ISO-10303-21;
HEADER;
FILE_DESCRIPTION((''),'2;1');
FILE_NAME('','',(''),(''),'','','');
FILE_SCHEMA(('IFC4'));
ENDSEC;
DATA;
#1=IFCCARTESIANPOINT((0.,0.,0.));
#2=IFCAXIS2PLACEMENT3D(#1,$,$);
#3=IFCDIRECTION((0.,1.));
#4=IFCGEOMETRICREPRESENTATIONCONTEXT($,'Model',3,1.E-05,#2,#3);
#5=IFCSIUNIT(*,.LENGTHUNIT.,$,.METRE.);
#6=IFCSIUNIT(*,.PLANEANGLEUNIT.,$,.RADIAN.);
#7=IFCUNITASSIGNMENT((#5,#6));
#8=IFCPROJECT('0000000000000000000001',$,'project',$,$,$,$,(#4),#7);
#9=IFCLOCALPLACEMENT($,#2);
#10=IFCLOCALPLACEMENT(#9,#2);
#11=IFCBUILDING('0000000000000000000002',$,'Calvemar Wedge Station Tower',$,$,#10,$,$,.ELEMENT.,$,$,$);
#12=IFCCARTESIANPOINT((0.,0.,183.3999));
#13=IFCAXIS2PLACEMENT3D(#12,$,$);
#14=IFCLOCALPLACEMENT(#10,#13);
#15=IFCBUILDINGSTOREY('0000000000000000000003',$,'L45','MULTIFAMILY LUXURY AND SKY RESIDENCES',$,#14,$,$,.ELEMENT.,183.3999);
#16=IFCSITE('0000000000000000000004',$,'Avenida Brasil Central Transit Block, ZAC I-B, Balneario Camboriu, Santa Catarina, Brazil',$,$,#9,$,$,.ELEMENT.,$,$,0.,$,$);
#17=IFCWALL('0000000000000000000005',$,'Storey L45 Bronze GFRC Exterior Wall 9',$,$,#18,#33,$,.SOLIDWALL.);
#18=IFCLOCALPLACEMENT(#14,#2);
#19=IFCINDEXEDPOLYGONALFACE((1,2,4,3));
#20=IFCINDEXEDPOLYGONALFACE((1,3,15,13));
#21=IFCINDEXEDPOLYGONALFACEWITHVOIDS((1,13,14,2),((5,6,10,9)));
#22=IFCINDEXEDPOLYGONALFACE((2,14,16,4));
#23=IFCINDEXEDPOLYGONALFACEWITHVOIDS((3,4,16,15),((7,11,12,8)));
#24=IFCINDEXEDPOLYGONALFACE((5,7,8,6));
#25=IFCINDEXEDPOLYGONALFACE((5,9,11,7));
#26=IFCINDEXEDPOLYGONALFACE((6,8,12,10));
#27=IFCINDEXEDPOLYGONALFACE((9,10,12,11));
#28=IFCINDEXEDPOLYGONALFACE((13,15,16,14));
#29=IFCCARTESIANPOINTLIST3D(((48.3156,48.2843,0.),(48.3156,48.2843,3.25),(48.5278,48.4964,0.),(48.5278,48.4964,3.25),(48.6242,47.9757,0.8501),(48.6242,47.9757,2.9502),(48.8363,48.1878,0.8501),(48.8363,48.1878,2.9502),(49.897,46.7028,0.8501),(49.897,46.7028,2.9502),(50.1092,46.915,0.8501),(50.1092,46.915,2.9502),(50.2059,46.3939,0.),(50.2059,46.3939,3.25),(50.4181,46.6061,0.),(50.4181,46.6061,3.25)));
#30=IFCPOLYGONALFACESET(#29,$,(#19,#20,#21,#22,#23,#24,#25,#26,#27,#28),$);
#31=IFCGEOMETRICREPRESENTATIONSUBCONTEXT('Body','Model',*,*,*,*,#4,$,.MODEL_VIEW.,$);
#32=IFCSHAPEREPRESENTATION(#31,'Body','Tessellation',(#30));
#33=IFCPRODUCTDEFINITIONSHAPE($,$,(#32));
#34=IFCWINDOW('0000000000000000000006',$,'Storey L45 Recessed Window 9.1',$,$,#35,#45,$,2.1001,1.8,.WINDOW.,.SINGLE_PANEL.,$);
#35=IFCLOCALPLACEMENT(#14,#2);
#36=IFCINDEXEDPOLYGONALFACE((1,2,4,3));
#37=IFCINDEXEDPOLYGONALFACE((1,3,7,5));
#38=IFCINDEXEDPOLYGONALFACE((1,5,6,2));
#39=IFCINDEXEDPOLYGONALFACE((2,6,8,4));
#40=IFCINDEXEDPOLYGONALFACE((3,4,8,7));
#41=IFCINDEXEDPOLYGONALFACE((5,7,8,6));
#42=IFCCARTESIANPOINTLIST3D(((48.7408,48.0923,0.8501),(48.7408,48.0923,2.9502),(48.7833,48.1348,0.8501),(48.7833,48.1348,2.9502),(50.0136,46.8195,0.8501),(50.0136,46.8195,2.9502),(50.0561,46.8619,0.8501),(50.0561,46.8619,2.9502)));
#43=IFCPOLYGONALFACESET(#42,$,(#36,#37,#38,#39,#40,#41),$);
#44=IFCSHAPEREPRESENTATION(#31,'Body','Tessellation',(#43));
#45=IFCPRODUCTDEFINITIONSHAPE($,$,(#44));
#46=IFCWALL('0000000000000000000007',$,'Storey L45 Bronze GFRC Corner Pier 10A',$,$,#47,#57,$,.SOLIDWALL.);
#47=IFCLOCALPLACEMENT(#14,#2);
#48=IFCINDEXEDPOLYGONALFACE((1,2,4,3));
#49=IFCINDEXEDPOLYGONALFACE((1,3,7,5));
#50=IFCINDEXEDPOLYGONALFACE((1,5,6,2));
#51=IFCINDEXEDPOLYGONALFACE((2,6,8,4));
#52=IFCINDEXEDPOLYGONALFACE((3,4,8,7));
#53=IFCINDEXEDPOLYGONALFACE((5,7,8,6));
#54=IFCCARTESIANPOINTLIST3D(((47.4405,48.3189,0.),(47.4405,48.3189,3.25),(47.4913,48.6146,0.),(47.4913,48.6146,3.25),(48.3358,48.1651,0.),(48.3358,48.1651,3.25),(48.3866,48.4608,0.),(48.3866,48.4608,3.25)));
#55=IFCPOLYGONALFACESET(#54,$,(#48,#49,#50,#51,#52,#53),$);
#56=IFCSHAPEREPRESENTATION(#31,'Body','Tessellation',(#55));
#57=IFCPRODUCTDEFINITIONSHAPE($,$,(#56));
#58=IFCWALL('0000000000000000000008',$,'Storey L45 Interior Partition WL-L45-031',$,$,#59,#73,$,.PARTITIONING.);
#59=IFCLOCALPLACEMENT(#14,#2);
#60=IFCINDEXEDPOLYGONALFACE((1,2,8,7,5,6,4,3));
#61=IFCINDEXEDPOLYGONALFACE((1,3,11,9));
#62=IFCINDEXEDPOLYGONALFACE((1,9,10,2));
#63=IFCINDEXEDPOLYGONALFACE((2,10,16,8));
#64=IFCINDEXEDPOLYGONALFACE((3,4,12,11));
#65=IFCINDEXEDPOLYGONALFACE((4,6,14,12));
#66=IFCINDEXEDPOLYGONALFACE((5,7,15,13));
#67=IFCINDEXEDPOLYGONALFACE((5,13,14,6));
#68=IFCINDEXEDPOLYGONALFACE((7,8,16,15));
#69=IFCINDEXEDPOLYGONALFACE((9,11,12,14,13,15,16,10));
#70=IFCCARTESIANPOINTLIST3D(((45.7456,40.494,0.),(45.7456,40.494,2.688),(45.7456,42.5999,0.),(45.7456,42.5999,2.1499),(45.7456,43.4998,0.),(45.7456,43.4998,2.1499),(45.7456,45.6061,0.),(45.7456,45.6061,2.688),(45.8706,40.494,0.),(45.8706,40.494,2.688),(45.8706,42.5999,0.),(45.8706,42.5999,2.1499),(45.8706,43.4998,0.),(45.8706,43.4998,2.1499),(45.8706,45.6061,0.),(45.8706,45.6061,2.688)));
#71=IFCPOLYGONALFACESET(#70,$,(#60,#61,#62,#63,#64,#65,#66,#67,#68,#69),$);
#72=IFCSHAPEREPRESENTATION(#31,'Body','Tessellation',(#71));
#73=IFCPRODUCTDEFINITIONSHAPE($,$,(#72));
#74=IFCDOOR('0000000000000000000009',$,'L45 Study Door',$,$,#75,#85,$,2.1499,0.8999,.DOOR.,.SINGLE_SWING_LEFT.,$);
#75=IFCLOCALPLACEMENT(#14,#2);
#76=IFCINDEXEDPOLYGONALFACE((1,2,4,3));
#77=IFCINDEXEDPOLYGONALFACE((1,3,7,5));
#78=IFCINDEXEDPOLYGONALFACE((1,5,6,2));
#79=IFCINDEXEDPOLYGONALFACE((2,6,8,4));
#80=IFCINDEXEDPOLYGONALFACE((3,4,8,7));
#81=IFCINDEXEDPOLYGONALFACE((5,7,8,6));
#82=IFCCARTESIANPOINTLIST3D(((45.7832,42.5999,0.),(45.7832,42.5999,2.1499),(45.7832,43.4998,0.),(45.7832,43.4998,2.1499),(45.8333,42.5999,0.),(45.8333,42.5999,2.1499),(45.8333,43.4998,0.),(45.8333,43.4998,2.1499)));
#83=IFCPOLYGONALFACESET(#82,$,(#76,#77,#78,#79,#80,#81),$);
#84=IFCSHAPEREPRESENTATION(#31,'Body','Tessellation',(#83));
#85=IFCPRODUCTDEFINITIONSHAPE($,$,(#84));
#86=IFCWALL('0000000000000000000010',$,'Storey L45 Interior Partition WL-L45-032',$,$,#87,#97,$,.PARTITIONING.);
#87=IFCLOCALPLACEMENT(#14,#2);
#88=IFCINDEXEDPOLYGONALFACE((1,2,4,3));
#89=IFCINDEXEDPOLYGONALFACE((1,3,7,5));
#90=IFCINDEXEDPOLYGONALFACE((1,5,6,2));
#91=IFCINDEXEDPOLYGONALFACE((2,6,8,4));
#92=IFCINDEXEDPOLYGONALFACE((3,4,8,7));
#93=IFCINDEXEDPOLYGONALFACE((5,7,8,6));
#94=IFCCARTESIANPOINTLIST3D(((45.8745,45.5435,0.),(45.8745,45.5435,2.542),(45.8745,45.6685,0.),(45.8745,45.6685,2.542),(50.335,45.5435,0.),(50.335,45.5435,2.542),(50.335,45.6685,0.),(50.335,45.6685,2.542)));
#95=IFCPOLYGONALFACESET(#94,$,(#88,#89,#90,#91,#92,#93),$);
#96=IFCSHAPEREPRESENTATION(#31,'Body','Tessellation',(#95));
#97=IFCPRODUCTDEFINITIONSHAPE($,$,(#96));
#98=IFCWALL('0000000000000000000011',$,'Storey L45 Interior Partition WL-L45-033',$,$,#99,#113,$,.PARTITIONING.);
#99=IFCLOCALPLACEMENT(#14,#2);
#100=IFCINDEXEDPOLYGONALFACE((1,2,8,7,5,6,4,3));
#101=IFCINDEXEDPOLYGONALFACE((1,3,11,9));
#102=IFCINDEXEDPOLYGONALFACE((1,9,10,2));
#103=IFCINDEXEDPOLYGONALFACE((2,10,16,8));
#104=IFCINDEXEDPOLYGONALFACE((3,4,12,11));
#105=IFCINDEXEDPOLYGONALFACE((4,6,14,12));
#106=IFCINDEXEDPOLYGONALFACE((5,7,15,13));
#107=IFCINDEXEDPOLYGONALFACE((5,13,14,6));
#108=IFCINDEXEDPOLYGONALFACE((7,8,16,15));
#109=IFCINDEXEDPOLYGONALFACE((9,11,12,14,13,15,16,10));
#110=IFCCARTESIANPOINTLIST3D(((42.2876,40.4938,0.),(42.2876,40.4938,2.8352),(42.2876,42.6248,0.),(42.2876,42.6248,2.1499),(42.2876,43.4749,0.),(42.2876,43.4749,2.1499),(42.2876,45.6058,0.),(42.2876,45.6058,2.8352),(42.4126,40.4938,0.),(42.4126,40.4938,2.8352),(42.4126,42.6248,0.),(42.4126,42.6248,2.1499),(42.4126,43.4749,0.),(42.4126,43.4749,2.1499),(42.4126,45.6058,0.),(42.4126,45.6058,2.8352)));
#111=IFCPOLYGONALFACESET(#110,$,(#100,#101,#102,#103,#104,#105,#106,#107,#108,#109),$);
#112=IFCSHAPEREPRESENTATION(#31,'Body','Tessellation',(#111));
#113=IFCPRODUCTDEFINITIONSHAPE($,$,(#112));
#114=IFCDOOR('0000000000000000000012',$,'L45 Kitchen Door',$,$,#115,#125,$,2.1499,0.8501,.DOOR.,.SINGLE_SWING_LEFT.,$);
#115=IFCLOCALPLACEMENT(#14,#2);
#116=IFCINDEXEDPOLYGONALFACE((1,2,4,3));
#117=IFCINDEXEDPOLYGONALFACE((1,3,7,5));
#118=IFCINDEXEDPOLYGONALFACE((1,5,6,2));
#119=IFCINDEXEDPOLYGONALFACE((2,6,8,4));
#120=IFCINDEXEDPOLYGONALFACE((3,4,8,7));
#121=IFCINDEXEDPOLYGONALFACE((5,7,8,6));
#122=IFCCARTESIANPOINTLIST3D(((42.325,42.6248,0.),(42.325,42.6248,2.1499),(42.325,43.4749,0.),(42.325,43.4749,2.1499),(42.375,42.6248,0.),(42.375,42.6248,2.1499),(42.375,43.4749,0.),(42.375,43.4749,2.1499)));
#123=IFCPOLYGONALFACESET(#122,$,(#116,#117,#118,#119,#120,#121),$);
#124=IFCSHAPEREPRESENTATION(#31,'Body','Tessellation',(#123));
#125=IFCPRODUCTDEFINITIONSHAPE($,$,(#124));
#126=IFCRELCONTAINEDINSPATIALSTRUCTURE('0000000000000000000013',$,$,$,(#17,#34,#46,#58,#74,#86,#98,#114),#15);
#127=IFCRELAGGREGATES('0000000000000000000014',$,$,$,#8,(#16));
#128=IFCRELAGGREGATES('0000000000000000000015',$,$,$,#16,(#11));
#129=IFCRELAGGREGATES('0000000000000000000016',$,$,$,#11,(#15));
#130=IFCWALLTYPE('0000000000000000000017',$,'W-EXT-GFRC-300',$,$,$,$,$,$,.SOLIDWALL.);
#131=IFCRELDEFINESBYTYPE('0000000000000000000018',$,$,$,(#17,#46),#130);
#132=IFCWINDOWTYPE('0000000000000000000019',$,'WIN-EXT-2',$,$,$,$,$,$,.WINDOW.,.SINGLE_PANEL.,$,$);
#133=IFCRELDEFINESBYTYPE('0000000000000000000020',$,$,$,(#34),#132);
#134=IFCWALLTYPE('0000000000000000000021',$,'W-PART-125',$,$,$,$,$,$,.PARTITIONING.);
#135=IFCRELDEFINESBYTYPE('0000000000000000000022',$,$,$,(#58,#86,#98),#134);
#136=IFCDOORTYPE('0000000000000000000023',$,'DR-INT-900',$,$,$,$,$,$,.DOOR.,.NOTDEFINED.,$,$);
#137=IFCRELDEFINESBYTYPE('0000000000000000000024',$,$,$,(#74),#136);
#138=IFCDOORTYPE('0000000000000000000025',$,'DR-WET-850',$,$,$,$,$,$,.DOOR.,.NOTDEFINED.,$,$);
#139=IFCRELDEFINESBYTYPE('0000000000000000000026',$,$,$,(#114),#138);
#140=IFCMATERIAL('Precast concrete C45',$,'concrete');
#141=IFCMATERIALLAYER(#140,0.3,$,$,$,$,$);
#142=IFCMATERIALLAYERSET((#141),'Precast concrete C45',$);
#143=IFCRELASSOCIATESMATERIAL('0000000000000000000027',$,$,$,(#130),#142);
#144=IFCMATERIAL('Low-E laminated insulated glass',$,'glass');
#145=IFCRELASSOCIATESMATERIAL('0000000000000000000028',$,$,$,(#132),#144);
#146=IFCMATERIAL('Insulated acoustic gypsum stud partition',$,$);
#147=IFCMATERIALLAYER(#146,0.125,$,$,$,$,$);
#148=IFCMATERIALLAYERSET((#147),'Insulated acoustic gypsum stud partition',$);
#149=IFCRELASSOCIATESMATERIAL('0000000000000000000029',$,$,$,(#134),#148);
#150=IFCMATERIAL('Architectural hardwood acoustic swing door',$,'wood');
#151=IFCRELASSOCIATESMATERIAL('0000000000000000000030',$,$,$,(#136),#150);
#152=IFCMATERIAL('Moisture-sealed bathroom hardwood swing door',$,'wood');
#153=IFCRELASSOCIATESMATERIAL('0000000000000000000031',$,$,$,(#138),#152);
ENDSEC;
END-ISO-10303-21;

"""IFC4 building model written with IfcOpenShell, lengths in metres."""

from ifc_helpers import new_model, si_unit, direction, frame, frame_2d, origin, place, context, subcontext, project, spatial, rectangle, extrude, source, transform, mapped, material, layer, layer_set, type_object, element, fill, save


model = new_model("IFC4")

# Units and contexts
model_context = context("Model", 3, precision=1e-05, world=origin(), true_north=direction((0.0, 1.0)))
body_context = subcontext(model_context, "Body", "Model", "MODEL_VIEW")
ifc_project = project(units=[si_unit("LENGTHUNIT", "METRE"), si_unit("PLANEANGLEUNIT", "RADIAN")], contexts=[model_context])

# Site, building, storey
site_placement = place(None, origin())
site = spatial("IfcSite", under=ifc_project, at=site_placement, Name="Avenida Brasil Central Transit Block, ZAC I-B, Balneario Camboriu, Santa Catarina, Brazil", CompositionType="ELEMENT", RefElevation=0.0)
building_placement = place(site_placement, origin())
building = spatial("IfcBuilding", under=site, at=building_placement, Name="Calvemar Wedge Station Tower", CompositionType="ELEMENT")
storey_placement = place(building_placement, frame((0.0, 0.0, 183.3999)))
storey = spatial("IfcBuildingStorey", under=building, at=storey_placement, Name="L45", Description="MULTIFAMILY LUXURY AND SKY RESIDENCES", CompositionType="ELEMENT", Elevation=183.3999)

# Wall, opening, window
ifc_material_1 = material(Name="Precast concrete C45", Category="concrete")
ifc_layer_1 = layer(ifc_material_1, 0.3)
ifc_layer_set_1 = layer_set([ifc_layer_1], Name="Precast concrete C45")
wall_type_1 = type_object("IfcWallType", Name="W-EXT-GFRC-300", PredefinedType="SOLIDWALL", material=ifc_layer_set_1)
wall_1_placement = place(storey_placement, frame((50.312, 46.5, 0.0), z_axis=(0.0, 0.0, 1.0), x_axis=(-0.707107, 0.707107, 0.0)))
wall_1 = element("IfcWall", 1, at=wall_1_placement, inside=storey, type_object=wall_type_1, Name="Storey L45 Bronze GFRC Exterior Wall 9", PredefinedType="SOLIDWALL", context=body_context, shape_type="SweptSolid", body=[
    extrude(rectangle(XDim=2.6733, YDim=0.3, at=frame_2d((1.3367, 0.0))), origin(), (0.0, 0.0, 1.0), 3.25),
])
shared_shape_1 = source(origin(), body_context, "Body", "SweptSolid", [
    extrude(rectangle(XDim=1.8, YDim=2.1001, at=frame_2d((0.8999, 1.05))), frame((0.0, 0.1602, 0.0), z_axis=(0.0, -1.0, 0.0), x_axis=(1.0, 0.0, 0.0)), (0.0, 0.0, 1.0), 0.3201),
])
opening_1_placement = place(wall_1_placement, frame((0.437, 0.0, 0.8501)))
opening_1 = element("IfcOpeningElement", 2, at=opening_1_placement, cuts=wall_1, PredefinedType="OPENING", context=body_context, shape_type="MappedRepresentation", body=[
    mapped(shared_shape_1, transform((0.0, 0.0, 0.0), scale=1.0)),
])
ifc_material_2 = material(Name="Low-E laminated insulated glass", Category="glass")
window_type = type_object("IfcWindowType", Name="WIN-EXT-2", PartitioningType="SINGLE_PANEL", PredefinedType="WINDOW", material=ifc_material_2)
shared_shape_2 = source(origin(), body_context, "Body", "SweptSolid", [
    extrude(rectangle(XDim=1.8, YDim=2.1001, at=frame_2d((0.8999, 1.05))), frame((0.0, -0.0149, 0.0), z_axis=(0.0, -1.0, 0.0), x_axis=(1.0, 0.0, 0.0)), (0.0, 0.0, 1.0), 0.0601),
])
window_placement = place(opening_1_placement, origin())
window = element("IfcWindow", 3, at=window_placement, inside=storey, type_object=window_type, Name="Storey L45 Recessed Window 9.1", OverallHeight=2.1001, OverallWidth=1.8, PartitioningType="SINGLE_PANEL", PredefinedType="WINDOW", context=body_context, shape_type="MappedRepresentation", body=[
    mapped(shared_shape_2, transform((0.0, 0.0, 0.0), scale=1.0)),
])
fill(opening_1, window)

# Wall
wall_2_placement = place(storey_placement, frame((48.3611, 48.313, 0.0), z_axis=(0.0, 0.0, 1.0), x_axis=(-0.985561, 0.169322, 0.0)))
element("IfcWall", 4, at=wall_2_placement, inside=storey, type_object=wall_type_1, Name="Storey L45 Bronze GFRC Corner Pier 10A", PredefinedType="SOLIDWALL", context=body_context, shape_type="SweptSolid", body=[
    extrude(rectangle(XDim=0.9084, YDim=0.3, at=frame_2d((0.4541, 0.0))), origin(), (0.0, 0.0, 1.0), 3.25),
])

# Wall, opening, door
ifc_material_3 = material(Name="Insulated acoustic gypsum stud partition")
ifc_layer_2 = layer(ifc_material_3, 0.125)
ifc_layer_set_2 = layer_set([ifc_layer_2], Name="Insulated acoustic gypsum stud partition")
wall_type_2 = type_object("IfcWallType", Name="W-PART-125", PredefinedType="PARTITIONING", material=ifc_layer_set_2)
wall_3_placement = place(storey_placement, frame((45.8081, 40.4939, 0.0), z_axis=(0.0, 0.0, 1.0), x_axis=(0.0, 1.0, 0.0)))
wall_3 = element("IfcWall", 5, at=wall_3_placement, inside=storey, type_object=wall_type_2, Name="Storey L45 Interior Partition WL-L45-031", PredefinedType="PARTITIONING", context=body_context, shape_type="SweptSolid", body=[
    extrude(rectangle(XDim=5.1121, YDim=0.125, at=frame_2d((2.5562, 0.0))), origin(), (0.0, 0.0, 1.0), 2.688),
])
shared_shape_3 = source(origin(), body_context, "Body", "SweptSolid", [
    extrude(rectangle(XDim=0.8999, YDim=2.1499, at=frame_2d((0.45, 1.075))), frame((0.0, 0.0725, 0.0), z_axis=(0.0, -1.0, 0.0), x_axis=(1.0, 0.0, 0.0)), (0.0, 0.0, 1.0), 0.145),
])
opening_2_placement = place(wall_3_placement, frame((2.106, 0.0, 0.0)))
opening_2 = element("IfcOpeningElement", 6, at=opening_2_placement, cuts=wall_3, PredefinedType="OPENING", context=body_context, shape_type="MappedRepresentation", body=[
    mapped(shared_shape_3, transform((0.0, 0.0, 0.0), scale=1.0)),
])
ifc_material_4 = material(Name="Architectural hardwood acoustic swing door", Category="wood")
door_type_1 = type_object("IfcDoorType", Name="DR-INT-900", OperationType="NOTDEFINED", PredefinedType="DOOR", material=ifc_material_4)
shared_shape_4 = source(origin(), body_context, "Body", "SweptSolid", [
    extrude(rectangle(XDim=0.8999, YDim=2.1499, at=frame_2d((0.45, 1.075))), frame((0.0, 0.0249, 0.0), z_axis=(0.0, -1.0, 0.0), x_axis=(1.0, 0.0, 0.0)), (0.0, 0.0, 1.0), 0.05),
])
door_1_placement = place(opening_2_placement, origin())
door_1 = element("IfcDoor", 7, at=door_1_placement, inside=storey, type_object=door_type_1, Name="L45 Study Door", OperationType="SINGLE_SWING_LEFT", OverallHeight=2.1499, OverallWidth=0.8999, PredefinedType="DOOR", context=body_context, shape_type="MappedRepresentation", body=[
    mapped(shared_shape_4, transform((0.0, 0.0, 0.0), scale=1.0)),
])
fill(opening_2, door_1)

# Wall
wall_4_placement = place(storey_placement, frame((45.8745, 45.606, 0.0), z_axis=(0.0, 0.0, 1.0), x_axis=(1.0, 0.0, 0.0)))
element("IfcWall", 8, at=wall_4_placement, inside=storey, type_object=wall_type_2, Name="Storey L45 Interior Partition WL-L45-032", PredefinedType="PARTITIONING", context=body_context, shape_type="SweptSolid", body=[
    extrude(rectangle(XDim=4.4604, YDim=0.125, at=frame_2d((2.2302, 0.0))), origin(), (0.0, 0.0, 1.0), 2.542),
])

# Wall, opening, door
wall_5_placement = place(storey_placement, frame((42.3501, 45.606, 0.0), z_axis=(0.0, 0.0, 1.0), x_axis=(0.0, -1.0, 0.0)))
wall_5 = element("IfcWall", 9, at=wall_5_placement, inside=storey, type_object=wall_type_2, Name="Storey L45 Interior Partition WL-L45-033", PredefinedType="PARTITIONING", context=body_context, shape_type="SweptSolid", body=[
    extrude(rectangle(XDim=5.1121, YDim=0.125, at=frame_2d((2.5562, 0.0))), origin(), (0.0, 0.0, 1.0), 2.8352),
])
shared_shape_5 = source(origin(), body_context, "Body", "SweptSolid", [
    extrude(rectangle(XDim=0.8501, YDim=2.1499, at=frame_2d((0.425, 1.075))), frame((0.0, 0.0725, 0.0), z_axis=(0.0, -1.0, 0.0), x_axis=(1.0, 0.0, 0.0)), (0.0, 0.0, 1.0), 0.145),
])
opening_3_placement = place(wall_5_placement, frame((2.1311, 0.0, 0.0)))
opening_3 = element("IfcOpeningElement", 10, at=opening_3_placement, cuts=wall_5, PredefinedType="OPENING", context=body_context, shape_type="MappedRepresentation", body=[
    mapped(shared_shape_5, transform((0.0, 0.0, 0.0), scale=1.0)),
])
ifc_material_5 = material(Name="Moisture-sealed bathroom hardwood swing door", Category="wood")
door_type_2 = type_object("IfcDoorType", Name="DR-WET-850", OperationType="NOTDEFINED", PredefinedType="DOOR", material=ifc_material_5)
shared_shape_6 = source(origin(), body_context, "Body", "SweptSolid", [
    extrude(rectangle(XDim=0.8501, YDim=2.1499, at=frame_2d((0.425, 1.075))), frame((0.0, 0.0249, 0.0), z_axis=(0.0, -1.0, 0.0), x_axis=(1.0, 0.0, 0.0)), (0.0, 0.0, 1.0), 0.05),
])
door_2_placement = place(opening_3_placement, origin())
door_2 = element("IfcDoor", 11, at=door_2_placement, inside=storey, type_object=door_type_2, Name="L45 Kitchen Door", OperationType="SINGLE_SWING_LEFT", OverallHeight=2.1499, OverallWidth=0.8501, PredefinedType="DOOR", context=body_context, shape_type="MappedRepresentation", body=[
    mapped(shared_shape_6, transform((0.0, 0.0, 0.0), scale=1.0)),
])
fill(opening_3, door_2)

save(model, "model.ifc")
